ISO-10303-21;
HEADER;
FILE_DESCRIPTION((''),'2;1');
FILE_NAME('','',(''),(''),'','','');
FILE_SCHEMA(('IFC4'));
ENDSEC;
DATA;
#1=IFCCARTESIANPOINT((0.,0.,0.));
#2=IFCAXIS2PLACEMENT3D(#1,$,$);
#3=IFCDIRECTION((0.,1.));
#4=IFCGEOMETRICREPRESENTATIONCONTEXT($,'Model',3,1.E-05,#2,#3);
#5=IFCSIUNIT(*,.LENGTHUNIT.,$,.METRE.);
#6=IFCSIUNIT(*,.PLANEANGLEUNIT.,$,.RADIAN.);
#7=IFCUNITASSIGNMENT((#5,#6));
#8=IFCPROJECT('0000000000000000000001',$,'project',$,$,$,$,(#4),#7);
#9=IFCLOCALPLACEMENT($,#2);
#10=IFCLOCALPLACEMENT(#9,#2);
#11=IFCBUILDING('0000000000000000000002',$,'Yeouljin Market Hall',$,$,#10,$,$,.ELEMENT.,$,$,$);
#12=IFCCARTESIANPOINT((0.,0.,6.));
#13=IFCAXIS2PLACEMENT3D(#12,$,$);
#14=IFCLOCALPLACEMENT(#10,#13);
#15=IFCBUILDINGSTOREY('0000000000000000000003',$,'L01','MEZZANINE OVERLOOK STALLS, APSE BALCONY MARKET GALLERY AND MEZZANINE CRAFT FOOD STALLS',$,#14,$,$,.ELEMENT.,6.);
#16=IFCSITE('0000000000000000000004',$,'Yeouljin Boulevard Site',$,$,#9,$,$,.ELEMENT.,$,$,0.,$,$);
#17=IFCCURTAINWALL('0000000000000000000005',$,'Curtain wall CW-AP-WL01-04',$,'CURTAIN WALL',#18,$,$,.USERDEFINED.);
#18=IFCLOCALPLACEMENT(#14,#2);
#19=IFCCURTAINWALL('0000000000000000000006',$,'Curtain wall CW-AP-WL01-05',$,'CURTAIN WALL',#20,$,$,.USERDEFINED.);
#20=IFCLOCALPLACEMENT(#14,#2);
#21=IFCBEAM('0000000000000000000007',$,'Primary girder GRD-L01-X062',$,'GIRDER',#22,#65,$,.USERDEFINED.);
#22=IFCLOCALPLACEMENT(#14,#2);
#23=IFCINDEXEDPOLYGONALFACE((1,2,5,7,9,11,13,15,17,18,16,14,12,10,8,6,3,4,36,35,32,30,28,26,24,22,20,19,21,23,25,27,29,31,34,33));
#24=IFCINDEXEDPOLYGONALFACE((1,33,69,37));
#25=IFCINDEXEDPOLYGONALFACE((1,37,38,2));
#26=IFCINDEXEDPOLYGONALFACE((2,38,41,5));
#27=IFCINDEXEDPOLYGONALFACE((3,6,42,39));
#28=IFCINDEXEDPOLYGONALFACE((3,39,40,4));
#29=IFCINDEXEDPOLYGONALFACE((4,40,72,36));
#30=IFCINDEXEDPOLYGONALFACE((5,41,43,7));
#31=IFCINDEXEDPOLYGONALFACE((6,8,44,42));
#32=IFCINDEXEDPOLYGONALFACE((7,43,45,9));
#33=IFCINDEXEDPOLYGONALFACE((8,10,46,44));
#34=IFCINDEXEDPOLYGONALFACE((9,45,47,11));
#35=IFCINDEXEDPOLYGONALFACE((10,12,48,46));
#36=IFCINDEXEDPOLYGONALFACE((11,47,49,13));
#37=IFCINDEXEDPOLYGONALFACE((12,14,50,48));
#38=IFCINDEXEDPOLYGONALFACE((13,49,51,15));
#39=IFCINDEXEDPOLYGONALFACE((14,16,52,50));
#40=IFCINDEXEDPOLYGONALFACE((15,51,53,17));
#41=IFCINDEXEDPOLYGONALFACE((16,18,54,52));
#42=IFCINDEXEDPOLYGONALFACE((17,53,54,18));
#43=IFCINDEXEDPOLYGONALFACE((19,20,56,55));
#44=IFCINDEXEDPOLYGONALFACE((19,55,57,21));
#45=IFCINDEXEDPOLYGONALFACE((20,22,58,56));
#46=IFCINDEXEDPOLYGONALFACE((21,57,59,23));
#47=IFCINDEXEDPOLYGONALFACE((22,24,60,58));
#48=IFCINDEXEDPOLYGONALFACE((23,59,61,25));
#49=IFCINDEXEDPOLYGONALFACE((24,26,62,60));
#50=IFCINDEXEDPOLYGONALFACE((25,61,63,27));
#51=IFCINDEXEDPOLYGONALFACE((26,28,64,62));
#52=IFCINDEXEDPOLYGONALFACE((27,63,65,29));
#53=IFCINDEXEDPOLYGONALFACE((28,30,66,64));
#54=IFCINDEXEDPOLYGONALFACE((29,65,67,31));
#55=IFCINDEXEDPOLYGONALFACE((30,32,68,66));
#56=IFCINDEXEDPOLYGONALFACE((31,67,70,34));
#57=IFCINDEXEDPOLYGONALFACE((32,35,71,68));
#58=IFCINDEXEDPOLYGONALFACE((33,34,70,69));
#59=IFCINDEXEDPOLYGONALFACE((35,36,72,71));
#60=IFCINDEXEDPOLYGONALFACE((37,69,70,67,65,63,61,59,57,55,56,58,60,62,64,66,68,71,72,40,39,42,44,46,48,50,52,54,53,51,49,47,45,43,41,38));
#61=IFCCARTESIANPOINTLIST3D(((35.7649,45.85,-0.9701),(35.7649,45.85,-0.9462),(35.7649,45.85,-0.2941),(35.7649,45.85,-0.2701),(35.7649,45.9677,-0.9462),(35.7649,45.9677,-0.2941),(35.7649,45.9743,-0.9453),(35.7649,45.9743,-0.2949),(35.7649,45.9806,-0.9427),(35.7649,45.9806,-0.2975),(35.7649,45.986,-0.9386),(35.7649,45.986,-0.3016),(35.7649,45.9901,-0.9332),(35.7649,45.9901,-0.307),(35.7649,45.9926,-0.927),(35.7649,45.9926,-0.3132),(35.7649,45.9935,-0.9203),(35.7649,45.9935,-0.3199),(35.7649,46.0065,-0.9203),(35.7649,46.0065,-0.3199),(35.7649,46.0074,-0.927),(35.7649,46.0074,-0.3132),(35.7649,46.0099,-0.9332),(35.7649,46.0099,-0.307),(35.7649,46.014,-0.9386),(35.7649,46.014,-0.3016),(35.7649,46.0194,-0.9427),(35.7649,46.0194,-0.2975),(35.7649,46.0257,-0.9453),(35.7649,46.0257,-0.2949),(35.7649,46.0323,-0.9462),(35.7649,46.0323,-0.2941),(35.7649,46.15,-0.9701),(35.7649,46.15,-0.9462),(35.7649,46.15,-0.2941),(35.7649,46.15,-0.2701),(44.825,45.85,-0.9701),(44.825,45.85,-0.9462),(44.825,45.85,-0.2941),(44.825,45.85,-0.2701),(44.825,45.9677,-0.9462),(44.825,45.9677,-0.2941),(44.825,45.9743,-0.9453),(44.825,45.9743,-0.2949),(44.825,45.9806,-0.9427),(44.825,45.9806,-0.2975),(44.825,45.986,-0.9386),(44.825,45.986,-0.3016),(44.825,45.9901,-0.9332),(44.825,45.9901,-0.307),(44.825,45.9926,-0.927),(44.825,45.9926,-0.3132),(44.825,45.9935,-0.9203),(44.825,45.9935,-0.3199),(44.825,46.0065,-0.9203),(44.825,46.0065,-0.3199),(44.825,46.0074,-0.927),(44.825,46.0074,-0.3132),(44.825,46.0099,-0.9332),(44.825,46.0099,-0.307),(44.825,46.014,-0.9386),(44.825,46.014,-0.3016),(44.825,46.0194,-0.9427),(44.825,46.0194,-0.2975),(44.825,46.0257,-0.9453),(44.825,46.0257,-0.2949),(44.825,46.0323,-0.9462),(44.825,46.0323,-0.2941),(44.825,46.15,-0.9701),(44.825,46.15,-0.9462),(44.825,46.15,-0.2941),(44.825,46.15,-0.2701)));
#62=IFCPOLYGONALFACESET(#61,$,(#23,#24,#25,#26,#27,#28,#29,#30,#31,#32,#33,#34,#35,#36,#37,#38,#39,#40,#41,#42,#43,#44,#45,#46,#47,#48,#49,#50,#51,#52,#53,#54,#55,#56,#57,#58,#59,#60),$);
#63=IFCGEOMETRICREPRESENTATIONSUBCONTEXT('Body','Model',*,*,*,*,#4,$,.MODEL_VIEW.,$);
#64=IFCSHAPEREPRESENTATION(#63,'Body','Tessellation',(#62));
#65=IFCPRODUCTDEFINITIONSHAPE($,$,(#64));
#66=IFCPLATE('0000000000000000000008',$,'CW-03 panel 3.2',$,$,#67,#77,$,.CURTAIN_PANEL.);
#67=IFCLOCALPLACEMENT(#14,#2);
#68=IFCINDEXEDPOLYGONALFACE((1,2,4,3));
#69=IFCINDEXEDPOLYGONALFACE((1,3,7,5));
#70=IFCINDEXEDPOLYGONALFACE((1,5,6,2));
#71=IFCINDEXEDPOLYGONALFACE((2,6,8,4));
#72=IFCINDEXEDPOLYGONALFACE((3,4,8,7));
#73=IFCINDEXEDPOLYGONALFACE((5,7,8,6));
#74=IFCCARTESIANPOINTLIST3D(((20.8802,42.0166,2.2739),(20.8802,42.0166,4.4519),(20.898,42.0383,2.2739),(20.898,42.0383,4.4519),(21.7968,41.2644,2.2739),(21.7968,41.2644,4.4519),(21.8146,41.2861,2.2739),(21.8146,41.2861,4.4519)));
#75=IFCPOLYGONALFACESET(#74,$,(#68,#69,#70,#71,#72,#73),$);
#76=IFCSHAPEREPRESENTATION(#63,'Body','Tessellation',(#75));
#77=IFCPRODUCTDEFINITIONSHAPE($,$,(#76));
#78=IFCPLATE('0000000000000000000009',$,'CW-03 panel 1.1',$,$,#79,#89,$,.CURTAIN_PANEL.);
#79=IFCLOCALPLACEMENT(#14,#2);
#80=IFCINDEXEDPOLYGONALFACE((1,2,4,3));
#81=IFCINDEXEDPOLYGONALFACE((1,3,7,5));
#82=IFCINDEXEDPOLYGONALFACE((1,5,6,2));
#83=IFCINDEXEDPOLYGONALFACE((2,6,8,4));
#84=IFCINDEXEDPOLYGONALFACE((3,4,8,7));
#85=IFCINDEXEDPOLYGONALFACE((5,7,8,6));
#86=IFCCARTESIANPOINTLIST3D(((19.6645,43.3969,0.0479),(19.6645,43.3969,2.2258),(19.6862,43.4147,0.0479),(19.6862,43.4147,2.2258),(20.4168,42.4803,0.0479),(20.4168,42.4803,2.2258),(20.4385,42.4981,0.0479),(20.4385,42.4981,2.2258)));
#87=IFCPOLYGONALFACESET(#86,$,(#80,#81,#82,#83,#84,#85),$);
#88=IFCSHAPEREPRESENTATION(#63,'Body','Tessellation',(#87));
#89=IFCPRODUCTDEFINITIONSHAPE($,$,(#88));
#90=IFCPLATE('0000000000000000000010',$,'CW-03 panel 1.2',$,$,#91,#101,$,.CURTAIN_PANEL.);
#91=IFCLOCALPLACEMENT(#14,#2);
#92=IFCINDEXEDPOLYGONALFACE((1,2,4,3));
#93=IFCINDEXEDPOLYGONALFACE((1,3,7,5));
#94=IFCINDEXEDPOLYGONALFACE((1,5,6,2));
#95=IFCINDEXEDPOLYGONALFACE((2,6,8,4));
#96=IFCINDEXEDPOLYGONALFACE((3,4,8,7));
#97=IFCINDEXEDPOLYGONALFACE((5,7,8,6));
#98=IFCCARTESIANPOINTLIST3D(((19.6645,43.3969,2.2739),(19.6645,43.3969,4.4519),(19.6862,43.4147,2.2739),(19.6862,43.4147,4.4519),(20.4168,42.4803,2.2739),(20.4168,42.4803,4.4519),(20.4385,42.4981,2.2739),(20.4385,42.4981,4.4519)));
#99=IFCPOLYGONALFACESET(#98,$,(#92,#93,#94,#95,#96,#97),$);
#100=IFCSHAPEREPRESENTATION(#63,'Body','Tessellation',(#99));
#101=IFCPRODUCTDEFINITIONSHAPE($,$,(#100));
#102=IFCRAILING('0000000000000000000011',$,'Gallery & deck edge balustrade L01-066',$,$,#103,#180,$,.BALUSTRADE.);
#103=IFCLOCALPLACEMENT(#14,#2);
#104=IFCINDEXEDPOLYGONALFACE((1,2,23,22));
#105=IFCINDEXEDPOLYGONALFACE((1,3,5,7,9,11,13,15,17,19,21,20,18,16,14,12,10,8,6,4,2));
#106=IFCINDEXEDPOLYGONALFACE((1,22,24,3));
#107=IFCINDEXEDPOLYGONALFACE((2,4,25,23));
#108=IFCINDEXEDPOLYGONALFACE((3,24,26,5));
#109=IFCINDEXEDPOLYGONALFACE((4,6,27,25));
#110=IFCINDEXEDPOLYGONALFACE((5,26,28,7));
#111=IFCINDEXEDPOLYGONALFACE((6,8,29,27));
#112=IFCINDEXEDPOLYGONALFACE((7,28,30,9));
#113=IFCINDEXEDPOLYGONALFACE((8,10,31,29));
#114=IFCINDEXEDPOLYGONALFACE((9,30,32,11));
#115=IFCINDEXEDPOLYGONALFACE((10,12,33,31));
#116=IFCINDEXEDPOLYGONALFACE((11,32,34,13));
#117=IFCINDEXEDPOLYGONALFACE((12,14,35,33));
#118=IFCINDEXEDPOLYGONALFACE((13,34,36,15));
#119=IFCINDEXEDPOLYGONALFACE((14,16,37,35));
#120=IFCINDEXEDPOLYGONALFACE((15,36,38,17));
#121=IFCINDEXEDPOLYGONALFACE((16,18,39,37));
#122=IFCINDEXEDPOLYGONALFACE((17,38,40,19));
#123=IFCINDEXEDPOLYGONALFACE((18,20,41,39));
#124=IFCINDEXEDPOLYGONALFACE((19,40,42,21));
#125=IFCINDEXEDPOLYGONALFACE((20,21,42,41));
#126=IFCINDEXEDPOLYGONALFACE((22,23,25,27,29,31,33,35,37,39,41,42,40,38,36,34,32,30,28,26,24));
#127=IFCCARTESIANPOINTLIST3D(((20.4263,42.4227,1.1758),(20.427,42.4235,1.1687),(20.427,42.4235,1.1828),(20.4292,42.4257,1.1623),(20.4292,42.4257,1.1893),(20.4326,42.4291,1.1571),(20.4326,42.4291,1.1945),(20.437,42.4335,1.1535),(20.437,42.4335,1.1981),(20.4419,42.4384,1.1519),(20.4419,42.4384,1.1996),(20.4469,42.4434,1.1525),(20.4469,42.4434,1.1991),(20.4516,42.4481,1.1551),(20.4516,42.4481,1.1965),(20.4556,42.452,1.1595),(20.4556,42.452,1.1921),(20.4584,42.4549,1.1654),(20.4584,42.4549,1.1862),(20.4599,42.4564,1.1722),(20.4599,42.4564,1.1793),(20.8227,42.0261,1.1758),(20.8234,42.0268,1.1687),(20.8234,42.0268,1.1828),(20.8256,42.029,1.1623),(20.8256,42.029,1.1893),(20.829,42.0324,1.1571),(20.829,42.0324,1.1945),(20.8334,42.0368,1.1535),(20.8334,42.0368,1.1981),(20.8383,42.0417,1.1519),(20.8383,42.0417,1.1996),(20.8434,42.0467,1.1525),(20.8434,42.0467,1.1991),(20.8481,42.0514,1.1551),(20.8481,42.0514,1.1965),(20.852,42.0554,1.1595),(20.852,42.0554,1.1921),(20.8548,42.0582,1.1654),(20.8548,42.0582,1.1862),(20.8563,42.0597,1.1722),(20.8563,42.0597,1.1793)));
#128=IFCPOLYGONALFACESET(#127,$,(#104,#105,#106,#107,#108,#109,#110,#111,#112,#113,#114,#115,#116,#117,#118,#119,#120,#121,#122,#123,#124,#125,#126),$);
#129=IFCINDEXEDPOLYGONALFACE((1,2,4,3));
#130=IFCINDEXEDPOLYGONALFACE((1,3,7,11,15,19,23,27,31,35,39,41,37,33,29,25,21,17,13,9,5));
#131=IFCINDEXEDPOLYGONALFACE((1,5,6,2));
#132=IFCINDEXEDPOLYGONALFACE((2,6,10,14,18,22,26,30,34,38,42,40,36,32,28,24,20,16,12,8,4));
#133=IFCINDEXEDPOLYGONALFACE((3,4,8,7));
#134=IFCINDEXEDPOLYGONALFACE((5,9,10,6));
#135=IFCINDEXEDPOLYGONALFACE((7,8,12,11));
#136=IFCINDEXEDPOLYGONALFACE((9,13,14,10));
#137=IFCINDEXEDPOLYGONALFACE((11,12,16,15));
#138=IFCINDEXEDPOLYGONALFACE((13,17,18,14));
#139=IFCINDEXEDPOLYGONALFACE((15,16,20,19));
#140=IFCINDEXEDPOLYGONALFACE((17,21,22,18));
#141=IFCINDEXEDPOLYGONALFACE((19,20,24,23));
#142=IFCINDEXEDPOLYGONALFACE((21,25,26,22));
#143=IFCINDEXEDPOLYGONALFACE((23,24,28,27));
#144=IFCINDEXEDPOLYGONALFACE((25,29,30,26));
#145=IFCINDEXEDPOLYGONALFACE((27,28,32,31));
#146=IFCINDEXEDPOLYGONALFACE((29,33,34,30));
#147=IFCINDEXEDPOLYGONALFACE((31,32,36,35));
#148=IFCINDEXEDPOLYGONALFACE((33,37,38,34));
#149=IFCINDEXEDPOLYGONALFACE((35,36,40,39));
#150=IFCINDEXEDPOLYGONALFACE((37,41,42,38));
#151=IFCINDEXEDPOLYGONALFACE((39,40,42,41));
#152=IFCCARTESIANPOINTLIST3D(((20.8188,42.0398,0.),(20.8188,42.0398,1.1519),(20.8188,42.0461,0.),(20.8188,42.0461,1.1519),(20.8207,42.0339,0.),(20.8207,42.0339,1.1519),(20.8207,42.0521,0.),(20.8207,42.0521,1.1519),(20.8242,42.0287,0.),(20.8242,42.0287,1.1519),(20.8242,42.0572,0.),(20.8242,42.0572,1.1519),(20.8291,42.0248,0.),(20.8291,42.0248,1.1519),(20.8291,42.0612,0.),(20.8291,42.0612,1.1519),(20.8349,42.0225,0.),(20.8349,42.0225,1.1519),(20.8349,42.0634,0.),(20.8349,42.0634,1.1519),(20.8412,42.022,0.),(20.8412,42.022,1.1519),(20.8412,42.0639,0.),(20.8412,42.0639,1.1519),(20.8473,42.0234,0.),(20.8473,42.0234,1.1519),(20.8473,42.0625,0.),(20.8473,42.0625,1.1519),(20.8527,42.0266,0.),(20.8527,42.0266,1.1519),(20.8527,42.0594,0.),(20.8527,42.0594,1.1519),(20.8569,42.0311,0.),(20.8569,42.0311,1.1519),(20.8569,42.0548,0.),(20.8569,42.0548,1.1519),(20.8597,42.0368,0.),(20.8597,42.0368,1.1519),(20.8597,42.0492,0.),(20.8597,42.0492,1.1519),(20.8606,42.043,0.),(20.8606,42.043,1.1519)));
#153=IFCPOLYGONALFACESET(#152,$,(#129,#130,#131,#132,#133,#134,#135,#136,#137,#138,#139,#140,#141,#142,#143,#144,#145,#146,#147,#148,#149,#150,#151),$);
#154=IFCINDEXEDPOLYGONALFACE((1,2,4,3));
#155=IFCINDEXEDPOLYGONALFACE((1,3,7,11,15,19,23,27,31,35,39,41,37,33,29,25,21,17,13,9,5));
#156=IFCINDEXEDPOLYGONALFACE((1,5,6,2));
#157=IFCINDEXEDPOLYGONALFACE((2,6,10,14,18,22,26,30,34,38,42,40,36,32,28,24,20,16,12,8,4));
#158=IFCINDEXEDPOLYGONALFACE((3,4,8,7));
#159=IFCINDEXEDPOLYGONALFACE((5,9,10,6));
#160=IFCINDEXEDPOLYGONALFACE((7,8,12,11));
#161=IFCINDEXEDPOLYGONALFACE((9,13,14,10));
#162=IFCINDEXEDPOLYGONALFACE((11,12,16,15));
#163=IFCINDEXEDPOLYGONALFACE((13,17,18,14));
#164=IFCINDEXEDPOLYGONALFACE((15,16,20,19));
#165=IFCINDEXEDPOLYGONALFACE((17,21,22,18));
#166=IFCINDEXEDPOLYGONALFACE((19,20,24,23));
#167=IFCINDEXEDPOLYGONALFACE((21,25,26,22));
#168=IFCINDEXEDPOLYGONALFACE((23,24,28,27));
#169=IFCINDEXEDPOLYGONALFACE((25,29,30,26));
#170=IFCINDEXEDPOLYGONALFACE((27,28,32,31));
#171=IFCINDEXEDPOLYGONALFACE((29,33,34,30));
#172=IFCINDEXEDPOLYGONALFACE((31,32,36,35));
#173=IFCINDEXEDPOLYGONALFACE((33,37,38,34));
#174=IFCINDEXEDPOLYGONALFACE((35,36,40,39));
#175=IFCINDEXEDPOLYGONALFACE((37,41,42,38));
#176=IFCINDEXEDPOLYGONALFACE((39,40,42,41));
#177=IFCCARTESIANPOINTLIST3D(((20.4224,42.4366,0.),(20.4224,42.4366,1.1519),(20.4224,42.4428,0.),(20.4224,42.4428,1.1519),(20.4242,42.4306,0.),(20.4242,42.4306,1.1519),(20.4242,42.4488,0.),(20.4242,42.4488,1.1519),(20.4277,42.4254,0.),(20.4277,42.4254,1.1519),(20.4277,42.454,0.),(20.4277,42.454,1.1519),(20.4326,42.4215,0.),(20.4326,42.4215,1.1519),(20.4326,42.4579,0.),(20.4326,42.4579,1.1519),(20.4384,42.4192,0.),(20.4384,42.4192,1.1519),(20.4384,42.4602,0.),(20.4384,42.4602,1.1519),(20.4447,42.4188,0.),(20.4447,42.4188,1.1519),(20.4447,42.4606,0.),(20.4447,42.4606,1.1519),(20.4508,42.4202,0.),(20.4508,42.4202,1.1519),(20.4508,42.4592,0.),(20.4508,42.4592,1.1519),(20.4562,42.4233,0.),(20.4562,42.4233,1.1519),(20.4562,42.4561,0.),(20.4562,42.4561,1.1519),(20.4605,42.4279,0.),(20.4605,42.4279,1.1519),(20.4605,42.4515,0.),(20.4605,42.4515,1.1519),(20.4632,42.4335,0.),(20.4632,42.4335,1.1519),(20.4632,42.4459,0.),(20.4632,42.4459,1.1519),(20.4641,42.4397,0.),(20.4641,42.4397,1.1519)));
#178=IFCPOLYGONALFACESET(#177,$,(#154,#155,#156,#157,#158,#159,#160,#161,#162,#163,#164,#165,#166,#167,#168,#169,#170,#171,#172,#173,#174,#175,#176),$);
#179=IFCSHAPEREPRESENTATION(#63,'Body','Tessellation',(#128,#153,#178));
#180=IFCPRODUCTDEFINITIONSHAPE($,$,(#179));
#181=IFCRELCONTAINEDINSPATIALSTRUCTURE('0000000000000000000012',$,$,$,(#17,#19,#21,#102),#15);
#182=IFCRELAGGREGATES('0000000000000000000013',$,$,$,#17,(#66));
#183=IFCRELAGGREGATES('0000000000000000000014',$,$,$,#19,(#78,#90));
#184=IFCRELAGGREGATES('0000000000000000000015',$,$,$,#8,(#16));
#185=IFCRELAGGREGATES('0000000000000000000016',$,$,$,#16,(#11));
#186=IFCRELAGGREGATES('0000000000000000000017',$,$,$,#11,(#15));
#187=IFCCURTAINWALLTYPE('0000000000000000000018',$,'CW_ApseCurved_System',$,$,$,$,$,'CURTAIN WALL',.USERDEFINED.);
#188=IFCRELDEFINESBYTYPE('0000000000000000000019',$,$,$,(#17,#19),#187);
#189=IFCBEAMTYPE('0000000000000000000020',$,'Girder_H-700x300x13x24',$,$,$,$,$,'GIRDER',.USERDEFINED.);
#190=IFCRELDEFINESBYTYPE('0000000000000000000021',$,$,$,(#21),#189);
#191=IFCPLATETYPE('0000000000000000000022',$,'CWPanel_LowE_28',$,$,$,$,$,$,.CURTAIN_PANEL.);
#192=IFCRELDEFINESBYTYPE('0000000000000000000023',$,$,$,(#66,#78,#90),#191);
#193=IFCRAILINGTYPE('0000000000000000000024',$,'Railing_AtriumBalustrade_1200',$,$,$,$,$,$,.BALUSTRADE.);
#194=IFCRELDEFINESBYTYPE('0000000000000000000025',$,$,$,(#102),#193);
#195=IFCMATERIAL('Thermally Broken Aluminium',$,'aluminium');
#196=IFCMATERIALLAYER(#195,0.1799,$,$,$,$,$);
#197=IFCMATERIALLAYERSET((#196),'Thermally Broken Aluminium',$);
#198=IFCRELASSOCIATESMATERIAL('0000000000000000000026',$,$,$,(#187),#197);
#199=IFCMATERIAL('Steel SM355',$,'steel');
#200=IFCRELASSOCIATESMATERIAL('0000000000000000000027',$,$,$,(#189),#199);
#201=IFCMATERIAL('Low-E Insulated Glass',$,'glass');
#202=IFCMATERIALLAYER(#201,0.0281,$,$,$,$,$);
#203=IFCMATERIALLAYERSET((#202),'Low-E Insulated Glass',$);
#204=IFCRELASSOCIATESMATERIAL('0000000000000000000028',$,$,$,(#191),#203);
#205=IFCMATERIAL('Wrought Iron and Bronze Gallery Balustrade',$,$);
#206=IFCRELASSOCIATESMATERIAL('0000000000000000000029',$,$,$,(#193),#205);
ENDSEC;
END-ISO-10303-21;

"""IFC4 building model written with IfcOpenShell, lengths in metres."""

from ifc_helpers import new_model, si_unit, direction, frame, origin, origin_2d, place, context, subcontext, project, spatial, rectangle, circle, i_section, extrude, material, layer, layer_set, material_profile, profile_set, type_object, element, aggregate, save


model = new_model("IFC4")

# Units and contexts
model_context = context("Model", 3, precision=1e-05, world=origin(), true_north=direction((0.0, 1.0)))
body_context = subcontext(model_context, "Body", "Model", "MODEL_VIEW")
ifc_project = project(units=[si_unit("LENGTHUNIT", "METRE"), si_unit("PLANEANGLEUNIT", "RADIAN")], contexts=[model_context])

# Site, building, storey
site_placement = place(None, origin())
site = spatial("IfcSite", under=ifc_project, at=site_placement, Name="Yeouljin Boulevard Site", CompositionType="ELEMENT", RefElevation=0.0)
building_placement = place(site_placement, origin())
building = spatial("IfcBuilding", under=site, at=building_placement, Name="Yeouljin Market Hall", CompositionType="ELEMENT")
storey_placement = place(building_placement, frame((0.0, 0.0, 6.0)))
storey = spatial("IfcBuildingStorey", under=building, at=storey_placement, Name="L01", Description="MEZZANINE OVERLOOK STALLS, APSE BALCONY MARKET GALLERY AND MEZZANINE CRAFT FOOD STALLS", CompositionType="ELEMENT", Elevation=6.0)

# Curtain wall
ifc_material_1 = material(Name="Thermally Broken Aluminium", Category="aluminium")
ifc_layer_1 = layer(ifc_material_1, 0.1799)
ifc_layer_set_1 = layer_set([ifc_layer_1], Name="Thermally Broken Aluminium")
curtain_wall_type = type_object("IfcCurtainWallType", Name="CW_ApseCurved_System", ElementType="CURTAIN WALL", PredefinedType="USERDEFINED", material=ifc_layer_set_1)
curtain_wall_1_placement = place(storey_placement, origin())
curtain_wall_1 = element("IfcCurtainWall", 1, at=curtain_wall_1_placement, inside=storey, type_object=curtain_wall_type, Name="Curtain wall CW-AP-WL01-04", ObjectType="CURTAIN WALL", PredefinedType="USERDEFINED")

# Curtain wall
curtain_wall_2_placement = place(storey_placement, origin())
curtain_wall_2 = element("IfcCurtainWall", 2, at=curtain_wall_2_placement, inside=storey, type_object=curtain_wall_type, Name="Curtain wall CW-AP-WL01-05", ObjectType="CURTAIN WALL", PredefinedType="USERDEFINED")

# Beam
ifc_material_2 = material(Name="Steel SM355", Category="steel")
ifc_material_profile_1 = material_profile(ifc_material_2, i_section(OverallWidth=0.3, OverallDepth=0.7, WebThickness=0.0129, FlangeThickness=0.0239, FilletRadius=0.0259, at=origin_2d()), Name="H-700x300x13x24")
ifc_profile_set_1 = profile_set([ifc_material_profile_1], Name="Steel SM355")
beam_type_1 = type_object("IfcBeamType", Name="Girder_H-700x300x13x24", ElementType="GIRDER", PredefinedType="USERDEFINED", material=ifc_profile_set_1)
beam_1_placement = place(storey_placement, frame((35.7649, 46.0, -0.6201), z_axis=(1.0, 0.0, 0.0), x_axis=(0.0, 1.0, 0.0)))
element("IfcBeam", 3, at=beam_1_placement, inside=storey, type_object=beam_type_1, Name="Primary girder GRD-L01-X062", ObjectType="GIRDER", PredefinedType="USERDEFINED", context=body_context, shape_type="SweptSolid", body=[
    extrude(i_section(OverallWidth=0.3, OverallDepth=0.7, WebThickness=0.0129, FlangeThickness=0.0239, FilletRadius=0.0259, at=origin_2d()), origin(), (0.0, 0.0, 1.0), 9.0601),
])

# Plates
ifc_material_3 = material(Name="Low-E Insulated Glass", Category="glass")
ifc_layer_2 = layer(ifc_material_3, 0.0281)
ifc_layer_set_2 = layer_set([ifc_layer_2], Name="Low-E Insulated Glass")
plate_type = type_object("IfcPlateType", Name="CWPanel_LowE_28", PredefinedType="CURTAIN_PANEL", material=ifc_layer_set_2)
plate_1_placement = place(storey_placement, frame((21.3474, 41.6514, 2.2739), z_axis=(0.0, 0.0, 1.0), x_axis=(-0.773018, 0.634384, 0.0)))
plate_1 = element("IfcPlate", 4, at=plate_1_placement, type_object=plate_type, Name="CW-03 panel 3.2", PredefinedType="CURTAIN_PANEL", context=body_context, shape_type="SweptSolid", body=[
    extrude(rectangle(XDim=1.1858, YDim=0.0281, at=origin_2d()), origin(), (0.0, 0.0, 1.0), 2.178),
])
aggregate(curtain_wall_1, [plate_1])
plate_2_placement = place(storey_placement, frame((20.0515, 42.9475, 0.0479), z_axis=(0.0, 0.0, 1.0), x_axis=(-0.634384, 0.773018, 0.0)))
plate_2 = element("IfcPlate", 5, at=plate_2_placement, type_object=plate_type, Name="CW-03 panel 1.1", PredefinedType="CURTAIN_PANEL", context=body_context, shape_type="SweptSolid", body=[
    extrude(rectangle(XDim=1.1858, YDim=0.0281, at=origin_2d()), origin(), (0.0, 0.0, 1.0), 2.178),
])
plate_3_placement = place(storey_placement, frame((20.0515, 42.9475, 2.2739), z_axis=(0.0, 0.0, 1.0), x_axis=(-0.634384, 0.773018, 0.0)))
plate_3 = element("IfcPlate", 6, at=plate_3_placement, type_object=plate_type, Name="CW-03 panel 1.2", PredefinedType="CURTAIN_PANEL", context=body_context, shape_type="SweptSolid", body=[
    extrude(rectangle(XDim=1.1858, YDim=0.0281, at=origin_2d()), origin(), (0.0, 0.0, 1.0), 2.178),
])
aggregate(curtain_wall_2, [plate_2, plate_3])

# Railing
ifc_material_4 = material(Name="Wrought Iron and Bronze Gallery Balustrade")
railing_type = type_object("IfcRailingType", Name="Railing_AtriumBalustrade_1200", PredefinedType="BALUSTRADE", material=ifc_material_4)
railing_1_placement = place(storey_placement, frame((20.8396, 42.043, 0.0)))
element("IfcRailing", 7, at=railing_1_placement, inside=storey, type_object=railing_type, Name="Gallery & deck edge balustrade L01-066", PredefinedType="BALUSTRADE", context=body_context, shape_type="SweptSolid", body=[
    extrude(circle(Radius=0.0239, at=origin_2d()), frame((0.0, 0.0, 1.1758), z_axis=(-0.706889, 0.707324, 0.0), x_axis=(-0.707324, -0.706889, 0.0)), (0.0, 0.0, 1.0), 0.5608),
    extrude(circle(Radius=0.021, at=origin_2d()), origin(), (0.0, 0.0, 1.0), 1.1519),
    extrude(circle(Radius=0.021, at=origin_2d()), frame((-0.3965, 0.3967, 0.0)), (0.0, 0.0, 1.0), 1.1519),
])

save(model, "model.ifc")
